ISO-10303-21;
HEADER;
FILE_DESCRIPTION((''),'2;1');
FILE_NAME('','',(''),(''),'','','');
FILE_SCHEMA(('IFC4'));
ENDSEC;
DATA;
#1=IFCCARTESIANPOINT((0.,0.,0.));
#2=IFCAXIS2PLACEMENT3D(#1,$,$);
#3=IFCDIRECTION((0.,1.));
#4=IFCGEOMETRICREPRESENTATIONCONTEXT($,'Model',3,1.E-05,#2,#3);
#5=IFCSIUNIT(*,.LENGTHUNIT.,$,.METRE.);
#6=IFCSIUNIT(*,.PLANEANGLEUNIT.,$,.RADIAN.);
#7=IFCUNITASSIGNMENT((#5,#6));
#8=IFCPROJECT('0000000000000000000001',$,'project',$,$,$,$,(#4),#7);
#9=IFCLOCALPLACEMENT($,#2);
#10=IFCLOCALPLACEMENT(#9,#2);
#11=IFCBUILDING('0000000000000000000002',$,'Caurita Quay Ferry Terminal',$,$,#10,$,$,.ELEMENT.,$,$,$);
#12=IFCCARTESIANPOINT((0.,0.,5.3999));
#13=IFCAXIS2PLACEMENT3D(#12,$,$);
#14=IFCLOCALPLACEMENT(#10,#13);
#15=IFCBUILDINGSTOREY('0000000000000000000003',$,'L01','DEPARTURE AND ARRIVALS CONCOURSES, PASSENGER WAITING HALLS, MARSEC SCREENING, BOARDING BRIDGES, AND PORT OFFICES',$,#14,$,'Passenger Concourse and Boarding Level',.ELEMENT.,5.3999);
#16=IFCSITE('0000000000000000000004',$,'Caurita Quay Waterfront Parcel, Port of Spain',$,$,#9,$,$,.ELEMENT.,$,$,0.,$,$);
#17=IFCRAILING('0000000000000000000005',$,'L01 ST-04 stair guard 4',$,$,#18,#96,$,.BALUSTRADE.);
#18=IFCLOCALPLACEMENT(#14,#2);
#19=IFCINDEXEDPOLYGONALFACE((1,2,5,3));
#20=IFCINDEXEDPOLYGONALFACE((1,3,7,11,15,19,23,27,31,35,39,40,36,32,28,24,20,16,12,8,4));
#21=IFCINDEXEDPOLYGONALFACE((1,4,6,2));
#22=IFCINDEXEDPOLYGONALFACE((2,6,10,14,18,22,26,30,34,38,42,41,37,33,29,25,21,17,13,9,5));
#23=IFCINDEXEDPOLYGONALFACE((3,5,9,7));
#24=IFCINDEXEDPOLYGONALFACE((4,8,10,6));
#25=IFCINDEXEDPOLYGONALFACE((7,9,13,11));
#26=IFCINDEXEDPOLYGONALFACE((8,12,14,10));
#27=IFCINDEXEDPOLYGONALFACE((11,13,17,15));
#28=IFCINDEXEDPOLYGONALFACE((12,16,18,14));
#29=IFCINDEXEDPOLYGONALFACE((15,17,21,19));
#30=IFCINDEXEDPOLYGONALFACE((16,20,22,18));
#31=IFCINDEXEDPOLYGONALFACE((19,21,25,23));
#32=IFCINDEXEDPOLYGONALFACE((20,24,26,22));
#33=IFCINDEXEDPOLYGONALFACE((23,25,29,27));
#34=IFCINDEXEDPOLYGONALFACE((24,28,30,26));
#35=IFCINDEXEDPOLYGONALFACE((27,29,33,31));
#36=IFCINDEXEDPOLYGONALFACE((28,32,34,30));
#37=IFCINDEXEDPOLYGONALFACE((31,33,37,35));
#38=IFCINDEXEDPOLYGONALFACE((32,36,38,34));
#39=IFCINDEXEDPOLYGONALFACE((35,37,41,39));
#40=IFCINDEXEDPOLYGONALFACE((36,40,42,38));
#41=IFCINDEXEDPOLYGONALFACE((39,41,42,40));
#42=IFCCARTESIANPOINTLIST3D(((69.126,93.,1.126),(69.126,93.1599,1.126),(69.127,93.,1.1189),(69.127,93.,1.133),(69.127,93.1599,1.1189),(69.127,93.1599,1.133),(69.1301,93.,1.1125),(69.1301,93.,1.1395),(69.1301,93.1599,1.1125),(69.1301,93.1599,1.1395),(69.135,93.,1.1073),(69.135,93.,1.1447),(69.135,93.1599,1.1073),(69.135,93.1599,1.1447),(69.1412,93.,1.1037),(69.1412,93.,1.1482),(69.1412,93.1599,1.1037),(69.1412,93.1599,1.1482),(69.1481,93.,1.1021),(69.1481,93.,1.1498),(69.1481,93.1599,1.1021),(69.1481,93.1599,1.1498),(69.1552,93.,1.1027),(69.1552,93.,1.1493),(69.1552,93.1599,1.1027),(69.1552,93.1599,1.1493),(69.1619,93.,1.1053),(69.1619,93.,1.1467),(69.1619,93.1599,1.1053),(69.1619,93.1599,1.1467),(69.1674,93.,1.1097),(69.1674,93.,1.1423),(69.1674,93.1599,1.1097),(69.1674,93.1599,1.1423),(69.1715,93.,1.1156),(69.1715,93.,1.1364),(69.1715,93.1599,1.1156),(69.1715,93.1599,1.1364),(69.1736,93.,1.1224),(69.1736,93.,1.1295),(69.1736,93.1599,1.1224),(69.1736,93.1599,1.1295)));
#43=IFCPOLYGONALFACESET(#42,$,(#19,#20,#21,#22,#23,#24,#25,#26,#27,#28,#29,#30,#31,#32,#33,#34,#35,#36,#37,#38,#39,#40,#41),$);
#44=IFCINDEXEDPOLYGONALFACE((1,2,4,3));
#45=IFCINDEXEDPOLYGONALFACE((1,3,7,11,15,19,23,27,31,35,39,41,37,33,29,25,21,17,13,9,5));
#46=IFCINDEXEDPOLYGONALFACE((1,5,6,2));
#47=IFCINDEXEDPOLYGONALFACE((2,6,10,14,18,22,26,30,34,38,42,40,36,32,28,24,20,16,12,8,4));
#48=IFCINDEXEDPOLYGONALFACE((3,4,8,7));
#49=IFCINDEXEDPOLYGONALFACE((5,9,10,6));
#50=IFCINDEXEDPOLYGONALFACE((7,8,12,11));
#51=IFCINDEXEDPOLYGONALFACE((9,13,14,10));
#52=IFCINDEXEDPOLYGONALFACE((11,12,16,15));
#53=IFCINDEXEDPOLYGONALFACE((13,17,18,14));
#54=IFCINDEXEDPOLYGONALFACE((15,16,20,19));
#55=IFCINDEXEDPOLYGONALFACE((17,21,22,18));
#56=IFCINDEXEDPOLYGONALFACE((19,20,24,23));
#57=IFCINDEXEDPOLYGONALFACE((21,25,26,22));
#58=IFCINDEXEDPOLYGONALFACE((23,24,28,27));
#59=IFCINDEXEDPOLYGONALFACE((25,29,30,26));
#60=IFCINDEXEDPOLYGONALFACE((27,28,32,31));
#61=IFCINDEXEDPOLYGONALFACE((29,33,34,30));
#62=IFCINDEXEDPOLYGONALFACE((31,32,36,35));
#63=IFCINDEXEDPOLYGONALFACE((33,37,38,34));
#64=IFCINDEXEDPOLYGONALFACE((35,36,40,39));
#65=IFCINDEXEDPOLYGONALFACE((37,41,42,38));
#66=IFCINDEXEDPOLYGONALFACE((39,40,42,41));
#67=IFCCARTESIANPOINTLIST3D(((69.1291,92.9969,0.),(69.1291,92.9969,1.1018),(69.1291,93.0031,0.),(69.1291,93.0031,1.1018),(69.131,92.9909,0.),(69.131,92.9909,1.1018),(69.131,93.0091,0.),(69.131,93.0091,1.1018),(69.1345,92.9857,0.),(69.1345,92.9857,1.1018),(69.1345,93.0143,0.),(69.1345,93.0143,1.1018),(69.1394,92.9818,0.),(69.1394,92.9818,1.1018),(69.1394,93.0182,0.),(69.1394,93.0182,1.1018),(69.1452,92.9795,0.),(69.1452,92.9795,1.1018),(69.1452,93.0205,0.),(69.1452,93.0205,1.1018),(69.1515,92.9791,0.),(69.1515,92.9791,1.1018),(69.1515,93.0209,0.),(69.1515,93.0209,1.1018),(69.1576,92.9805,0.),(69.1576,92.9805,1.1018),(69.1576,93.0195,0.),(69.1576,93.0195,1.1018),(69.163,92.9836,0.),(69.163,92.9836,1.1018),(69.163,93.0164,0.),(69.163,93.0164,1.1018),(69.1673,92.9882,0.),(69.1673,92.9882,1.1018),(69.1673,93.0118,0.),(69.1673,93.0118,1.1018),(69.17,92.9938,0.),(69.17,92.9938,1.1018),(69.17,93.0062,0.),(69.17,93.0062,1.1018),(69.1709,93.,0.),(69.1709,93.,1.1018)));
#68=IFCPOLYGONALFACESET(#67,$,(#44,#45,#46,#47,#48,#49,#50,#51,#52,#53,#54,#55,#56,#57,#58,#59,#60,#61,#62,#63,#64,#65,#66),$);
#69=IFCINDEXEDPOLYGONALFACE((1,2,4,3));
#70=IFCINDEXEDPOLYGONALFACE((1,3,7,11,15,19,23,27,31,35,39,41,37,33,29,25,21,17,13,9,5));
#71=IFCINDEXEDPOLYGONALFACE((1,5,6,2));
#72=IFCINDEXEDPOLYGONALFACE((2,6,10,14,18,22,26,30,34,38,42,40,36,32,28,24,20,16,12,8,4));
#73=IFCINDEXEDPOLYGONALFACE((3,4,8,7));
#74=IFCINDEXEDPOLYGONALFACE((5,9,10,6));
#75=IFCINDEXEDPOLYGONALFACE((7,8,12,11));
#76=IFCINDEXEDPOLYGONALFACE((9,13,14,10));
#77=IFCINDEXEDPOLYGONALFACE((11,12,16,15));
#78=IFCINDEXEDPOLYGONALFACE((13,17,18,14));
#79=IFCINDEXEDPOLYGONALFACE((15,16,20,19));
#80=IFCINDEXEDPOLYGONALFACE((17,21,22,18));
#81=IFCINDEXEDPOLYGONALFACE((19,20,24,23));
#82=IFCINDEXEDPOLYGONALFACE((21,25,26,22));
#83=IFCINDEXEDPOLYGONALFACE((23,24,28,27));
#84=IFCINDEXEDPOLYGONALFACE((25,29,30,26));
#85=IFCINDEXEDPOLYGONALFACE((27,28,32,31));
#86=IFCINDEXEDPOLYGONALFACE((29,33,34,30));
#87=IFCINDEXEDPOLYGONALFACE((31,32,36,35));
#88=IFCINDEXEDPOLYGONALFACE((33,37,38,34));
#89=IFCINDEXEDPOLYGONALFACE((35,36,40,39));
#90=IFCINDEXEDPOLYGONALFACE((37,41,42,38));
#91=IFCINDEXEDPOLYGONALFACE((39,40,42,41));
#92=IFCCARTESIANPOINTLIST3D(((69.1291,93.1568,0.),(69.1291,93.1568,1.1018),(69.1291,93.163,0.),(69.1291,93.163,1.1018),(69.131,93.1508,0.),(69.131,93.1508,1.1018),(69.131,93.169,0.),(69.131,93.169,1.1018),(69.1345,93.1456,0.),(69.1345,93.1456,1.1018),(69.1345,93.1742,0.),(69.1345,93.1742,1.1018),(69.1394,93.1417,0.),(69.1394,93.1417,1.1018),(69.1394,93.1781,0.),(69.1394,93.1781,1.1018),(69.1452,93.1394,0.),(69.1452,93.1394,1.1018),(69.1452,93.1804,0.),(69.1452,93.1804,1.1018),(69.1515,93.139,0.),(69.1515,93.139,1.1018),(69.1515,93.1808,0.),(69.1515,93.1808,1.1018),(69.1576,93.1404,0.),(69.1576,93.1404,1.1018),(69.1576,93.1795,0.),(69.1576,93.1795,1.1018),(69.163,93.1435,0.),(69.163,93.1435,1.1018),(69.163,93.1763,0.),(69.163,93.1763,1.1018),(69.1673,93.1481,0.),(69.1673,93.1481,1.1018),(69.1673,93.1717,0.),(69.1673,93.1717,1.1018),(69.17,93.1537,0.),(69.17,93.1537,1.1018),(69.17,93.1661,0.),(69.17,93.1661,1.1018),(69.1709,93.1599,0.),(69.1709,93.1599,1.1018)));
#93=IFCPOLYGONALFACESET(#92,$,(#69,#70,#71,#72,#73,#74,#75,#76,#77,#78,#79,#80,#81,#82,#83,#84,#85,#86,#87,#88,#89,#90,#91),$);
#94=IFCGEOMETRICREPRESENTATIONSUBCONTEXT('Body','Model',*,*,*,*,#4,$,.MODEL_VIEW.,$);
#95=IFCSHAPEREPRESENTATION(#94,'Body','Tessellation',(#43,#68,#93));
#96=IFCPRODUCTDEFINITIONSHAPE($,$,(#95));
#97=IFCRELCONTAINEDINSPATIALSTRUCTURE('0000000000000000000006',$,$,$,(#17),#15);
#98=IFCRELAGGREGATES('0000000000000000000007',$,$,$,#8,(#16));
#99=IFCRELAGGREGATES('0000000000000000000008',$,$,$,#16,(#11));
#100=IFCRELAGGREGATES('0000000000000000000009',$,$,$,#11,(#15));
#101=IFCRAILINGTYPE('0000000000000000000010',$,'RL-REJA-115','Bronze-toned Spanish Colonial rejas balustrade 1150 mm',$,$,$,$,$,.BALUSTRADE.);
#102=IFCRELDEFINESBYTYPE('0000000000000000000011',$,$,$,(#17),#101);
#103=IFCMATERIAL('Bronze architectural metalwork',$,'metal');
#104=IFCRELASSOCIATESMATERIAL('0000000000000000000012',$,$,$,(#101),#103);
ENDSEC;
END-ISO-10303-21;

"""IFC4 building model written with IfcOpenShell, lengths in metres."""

from ifc_helpers import new_model, si_unit, direction, frame, origin, origin_2d, place, context, subcontext, project, spatial, circle, extrude, material, type_object, element, save


model = new_model("IFC4")

# Units and contexts
model_context = context("Model", 3, precision=1e-05, world=origin(), true_north=direction((0.0, 1.0)))
body_context = subcontext(model_context, "Body", "Model", "MODEL_VIEW")
ifc_project = project(units=[si_unit("LENGTHUNIT", "METRE"), si_unit("PLANEANGLEUNIT", "RADIAN")], contexts=[model_context])

# Site, building, storey
site_placement = place(None, origin())
site = spatial("IfcSite", under=ifc_project, at=site_placement, Name="Caurita Quay Waterfront Parcel, Port of Spain", CompositionType="ELEMENT", RefElevation=0.0)
building_placement = place(site_placement, origin())
building = spatial("IfcBuilding", under=site, at=building_placement, Name="Caurita Quay Ferry Terminal", CompositionType="ELEMENT")
storey_placement = place(building_placement, frame((0.0, 0.0, 5.3999)))
storey = spatial("IfcBuildingStorey", under=building, at=storey_placement, Name="L01", Description="DEPARTURE AND ARRIVALS CONCOURSES, PASSENGER WAITING HALLS, MARSEC SCREENING, BOARDING BRIDGES, AND PORT OFFICES", LongName="Passenger Concourse and Boarding Level", CompositionType="ELEMENT", Elevation=5.3999)

# Railing
ifc_material_1 = material(Name="Bronze architectural metalwork", Category="metal")
railing_type_1 = type_object("IfcRailingType", Name="RL-REJA-115", Description="Bronze-toned Spanish Colonial rejas balustrade 1150 mm", PredefinedType="BALUSTRADE", material=ifc_material_1)
railing_1_placement = place(storey_placement, frame((69.1499, 93.0, 0.0)))
element("IfcRailing", 1, at=railing_1_placement, inside=storey, type_object=railing_type_1, Name="L01 ST-04 stair guard 4", PredefinedType="BALUSTRADE", context=body_context, shape_type="SweptSolid", body=[
    extrude(circle(Radius=0.0239, at=origin_2d()), frame((0.0, 0.0, 1.126), z_axis=(0.0, 1.0, 0.0), x_axis=(-1.0, 0.0, 0.0)), (0.0, 0.0, 1.0), 0.1599),
    extrude(circle(Radius=0.021, at=origin_2d()), origin(), (0.0, 0.0, 1.0), 1.1018),
    extrude(circle(Radius=0.021, at=origin_2d()), frame((0.0, 0.1599, 0.0)), (0.0, 0.0, 1.0), 1.1018),
])

save(model, "model.ifc")
